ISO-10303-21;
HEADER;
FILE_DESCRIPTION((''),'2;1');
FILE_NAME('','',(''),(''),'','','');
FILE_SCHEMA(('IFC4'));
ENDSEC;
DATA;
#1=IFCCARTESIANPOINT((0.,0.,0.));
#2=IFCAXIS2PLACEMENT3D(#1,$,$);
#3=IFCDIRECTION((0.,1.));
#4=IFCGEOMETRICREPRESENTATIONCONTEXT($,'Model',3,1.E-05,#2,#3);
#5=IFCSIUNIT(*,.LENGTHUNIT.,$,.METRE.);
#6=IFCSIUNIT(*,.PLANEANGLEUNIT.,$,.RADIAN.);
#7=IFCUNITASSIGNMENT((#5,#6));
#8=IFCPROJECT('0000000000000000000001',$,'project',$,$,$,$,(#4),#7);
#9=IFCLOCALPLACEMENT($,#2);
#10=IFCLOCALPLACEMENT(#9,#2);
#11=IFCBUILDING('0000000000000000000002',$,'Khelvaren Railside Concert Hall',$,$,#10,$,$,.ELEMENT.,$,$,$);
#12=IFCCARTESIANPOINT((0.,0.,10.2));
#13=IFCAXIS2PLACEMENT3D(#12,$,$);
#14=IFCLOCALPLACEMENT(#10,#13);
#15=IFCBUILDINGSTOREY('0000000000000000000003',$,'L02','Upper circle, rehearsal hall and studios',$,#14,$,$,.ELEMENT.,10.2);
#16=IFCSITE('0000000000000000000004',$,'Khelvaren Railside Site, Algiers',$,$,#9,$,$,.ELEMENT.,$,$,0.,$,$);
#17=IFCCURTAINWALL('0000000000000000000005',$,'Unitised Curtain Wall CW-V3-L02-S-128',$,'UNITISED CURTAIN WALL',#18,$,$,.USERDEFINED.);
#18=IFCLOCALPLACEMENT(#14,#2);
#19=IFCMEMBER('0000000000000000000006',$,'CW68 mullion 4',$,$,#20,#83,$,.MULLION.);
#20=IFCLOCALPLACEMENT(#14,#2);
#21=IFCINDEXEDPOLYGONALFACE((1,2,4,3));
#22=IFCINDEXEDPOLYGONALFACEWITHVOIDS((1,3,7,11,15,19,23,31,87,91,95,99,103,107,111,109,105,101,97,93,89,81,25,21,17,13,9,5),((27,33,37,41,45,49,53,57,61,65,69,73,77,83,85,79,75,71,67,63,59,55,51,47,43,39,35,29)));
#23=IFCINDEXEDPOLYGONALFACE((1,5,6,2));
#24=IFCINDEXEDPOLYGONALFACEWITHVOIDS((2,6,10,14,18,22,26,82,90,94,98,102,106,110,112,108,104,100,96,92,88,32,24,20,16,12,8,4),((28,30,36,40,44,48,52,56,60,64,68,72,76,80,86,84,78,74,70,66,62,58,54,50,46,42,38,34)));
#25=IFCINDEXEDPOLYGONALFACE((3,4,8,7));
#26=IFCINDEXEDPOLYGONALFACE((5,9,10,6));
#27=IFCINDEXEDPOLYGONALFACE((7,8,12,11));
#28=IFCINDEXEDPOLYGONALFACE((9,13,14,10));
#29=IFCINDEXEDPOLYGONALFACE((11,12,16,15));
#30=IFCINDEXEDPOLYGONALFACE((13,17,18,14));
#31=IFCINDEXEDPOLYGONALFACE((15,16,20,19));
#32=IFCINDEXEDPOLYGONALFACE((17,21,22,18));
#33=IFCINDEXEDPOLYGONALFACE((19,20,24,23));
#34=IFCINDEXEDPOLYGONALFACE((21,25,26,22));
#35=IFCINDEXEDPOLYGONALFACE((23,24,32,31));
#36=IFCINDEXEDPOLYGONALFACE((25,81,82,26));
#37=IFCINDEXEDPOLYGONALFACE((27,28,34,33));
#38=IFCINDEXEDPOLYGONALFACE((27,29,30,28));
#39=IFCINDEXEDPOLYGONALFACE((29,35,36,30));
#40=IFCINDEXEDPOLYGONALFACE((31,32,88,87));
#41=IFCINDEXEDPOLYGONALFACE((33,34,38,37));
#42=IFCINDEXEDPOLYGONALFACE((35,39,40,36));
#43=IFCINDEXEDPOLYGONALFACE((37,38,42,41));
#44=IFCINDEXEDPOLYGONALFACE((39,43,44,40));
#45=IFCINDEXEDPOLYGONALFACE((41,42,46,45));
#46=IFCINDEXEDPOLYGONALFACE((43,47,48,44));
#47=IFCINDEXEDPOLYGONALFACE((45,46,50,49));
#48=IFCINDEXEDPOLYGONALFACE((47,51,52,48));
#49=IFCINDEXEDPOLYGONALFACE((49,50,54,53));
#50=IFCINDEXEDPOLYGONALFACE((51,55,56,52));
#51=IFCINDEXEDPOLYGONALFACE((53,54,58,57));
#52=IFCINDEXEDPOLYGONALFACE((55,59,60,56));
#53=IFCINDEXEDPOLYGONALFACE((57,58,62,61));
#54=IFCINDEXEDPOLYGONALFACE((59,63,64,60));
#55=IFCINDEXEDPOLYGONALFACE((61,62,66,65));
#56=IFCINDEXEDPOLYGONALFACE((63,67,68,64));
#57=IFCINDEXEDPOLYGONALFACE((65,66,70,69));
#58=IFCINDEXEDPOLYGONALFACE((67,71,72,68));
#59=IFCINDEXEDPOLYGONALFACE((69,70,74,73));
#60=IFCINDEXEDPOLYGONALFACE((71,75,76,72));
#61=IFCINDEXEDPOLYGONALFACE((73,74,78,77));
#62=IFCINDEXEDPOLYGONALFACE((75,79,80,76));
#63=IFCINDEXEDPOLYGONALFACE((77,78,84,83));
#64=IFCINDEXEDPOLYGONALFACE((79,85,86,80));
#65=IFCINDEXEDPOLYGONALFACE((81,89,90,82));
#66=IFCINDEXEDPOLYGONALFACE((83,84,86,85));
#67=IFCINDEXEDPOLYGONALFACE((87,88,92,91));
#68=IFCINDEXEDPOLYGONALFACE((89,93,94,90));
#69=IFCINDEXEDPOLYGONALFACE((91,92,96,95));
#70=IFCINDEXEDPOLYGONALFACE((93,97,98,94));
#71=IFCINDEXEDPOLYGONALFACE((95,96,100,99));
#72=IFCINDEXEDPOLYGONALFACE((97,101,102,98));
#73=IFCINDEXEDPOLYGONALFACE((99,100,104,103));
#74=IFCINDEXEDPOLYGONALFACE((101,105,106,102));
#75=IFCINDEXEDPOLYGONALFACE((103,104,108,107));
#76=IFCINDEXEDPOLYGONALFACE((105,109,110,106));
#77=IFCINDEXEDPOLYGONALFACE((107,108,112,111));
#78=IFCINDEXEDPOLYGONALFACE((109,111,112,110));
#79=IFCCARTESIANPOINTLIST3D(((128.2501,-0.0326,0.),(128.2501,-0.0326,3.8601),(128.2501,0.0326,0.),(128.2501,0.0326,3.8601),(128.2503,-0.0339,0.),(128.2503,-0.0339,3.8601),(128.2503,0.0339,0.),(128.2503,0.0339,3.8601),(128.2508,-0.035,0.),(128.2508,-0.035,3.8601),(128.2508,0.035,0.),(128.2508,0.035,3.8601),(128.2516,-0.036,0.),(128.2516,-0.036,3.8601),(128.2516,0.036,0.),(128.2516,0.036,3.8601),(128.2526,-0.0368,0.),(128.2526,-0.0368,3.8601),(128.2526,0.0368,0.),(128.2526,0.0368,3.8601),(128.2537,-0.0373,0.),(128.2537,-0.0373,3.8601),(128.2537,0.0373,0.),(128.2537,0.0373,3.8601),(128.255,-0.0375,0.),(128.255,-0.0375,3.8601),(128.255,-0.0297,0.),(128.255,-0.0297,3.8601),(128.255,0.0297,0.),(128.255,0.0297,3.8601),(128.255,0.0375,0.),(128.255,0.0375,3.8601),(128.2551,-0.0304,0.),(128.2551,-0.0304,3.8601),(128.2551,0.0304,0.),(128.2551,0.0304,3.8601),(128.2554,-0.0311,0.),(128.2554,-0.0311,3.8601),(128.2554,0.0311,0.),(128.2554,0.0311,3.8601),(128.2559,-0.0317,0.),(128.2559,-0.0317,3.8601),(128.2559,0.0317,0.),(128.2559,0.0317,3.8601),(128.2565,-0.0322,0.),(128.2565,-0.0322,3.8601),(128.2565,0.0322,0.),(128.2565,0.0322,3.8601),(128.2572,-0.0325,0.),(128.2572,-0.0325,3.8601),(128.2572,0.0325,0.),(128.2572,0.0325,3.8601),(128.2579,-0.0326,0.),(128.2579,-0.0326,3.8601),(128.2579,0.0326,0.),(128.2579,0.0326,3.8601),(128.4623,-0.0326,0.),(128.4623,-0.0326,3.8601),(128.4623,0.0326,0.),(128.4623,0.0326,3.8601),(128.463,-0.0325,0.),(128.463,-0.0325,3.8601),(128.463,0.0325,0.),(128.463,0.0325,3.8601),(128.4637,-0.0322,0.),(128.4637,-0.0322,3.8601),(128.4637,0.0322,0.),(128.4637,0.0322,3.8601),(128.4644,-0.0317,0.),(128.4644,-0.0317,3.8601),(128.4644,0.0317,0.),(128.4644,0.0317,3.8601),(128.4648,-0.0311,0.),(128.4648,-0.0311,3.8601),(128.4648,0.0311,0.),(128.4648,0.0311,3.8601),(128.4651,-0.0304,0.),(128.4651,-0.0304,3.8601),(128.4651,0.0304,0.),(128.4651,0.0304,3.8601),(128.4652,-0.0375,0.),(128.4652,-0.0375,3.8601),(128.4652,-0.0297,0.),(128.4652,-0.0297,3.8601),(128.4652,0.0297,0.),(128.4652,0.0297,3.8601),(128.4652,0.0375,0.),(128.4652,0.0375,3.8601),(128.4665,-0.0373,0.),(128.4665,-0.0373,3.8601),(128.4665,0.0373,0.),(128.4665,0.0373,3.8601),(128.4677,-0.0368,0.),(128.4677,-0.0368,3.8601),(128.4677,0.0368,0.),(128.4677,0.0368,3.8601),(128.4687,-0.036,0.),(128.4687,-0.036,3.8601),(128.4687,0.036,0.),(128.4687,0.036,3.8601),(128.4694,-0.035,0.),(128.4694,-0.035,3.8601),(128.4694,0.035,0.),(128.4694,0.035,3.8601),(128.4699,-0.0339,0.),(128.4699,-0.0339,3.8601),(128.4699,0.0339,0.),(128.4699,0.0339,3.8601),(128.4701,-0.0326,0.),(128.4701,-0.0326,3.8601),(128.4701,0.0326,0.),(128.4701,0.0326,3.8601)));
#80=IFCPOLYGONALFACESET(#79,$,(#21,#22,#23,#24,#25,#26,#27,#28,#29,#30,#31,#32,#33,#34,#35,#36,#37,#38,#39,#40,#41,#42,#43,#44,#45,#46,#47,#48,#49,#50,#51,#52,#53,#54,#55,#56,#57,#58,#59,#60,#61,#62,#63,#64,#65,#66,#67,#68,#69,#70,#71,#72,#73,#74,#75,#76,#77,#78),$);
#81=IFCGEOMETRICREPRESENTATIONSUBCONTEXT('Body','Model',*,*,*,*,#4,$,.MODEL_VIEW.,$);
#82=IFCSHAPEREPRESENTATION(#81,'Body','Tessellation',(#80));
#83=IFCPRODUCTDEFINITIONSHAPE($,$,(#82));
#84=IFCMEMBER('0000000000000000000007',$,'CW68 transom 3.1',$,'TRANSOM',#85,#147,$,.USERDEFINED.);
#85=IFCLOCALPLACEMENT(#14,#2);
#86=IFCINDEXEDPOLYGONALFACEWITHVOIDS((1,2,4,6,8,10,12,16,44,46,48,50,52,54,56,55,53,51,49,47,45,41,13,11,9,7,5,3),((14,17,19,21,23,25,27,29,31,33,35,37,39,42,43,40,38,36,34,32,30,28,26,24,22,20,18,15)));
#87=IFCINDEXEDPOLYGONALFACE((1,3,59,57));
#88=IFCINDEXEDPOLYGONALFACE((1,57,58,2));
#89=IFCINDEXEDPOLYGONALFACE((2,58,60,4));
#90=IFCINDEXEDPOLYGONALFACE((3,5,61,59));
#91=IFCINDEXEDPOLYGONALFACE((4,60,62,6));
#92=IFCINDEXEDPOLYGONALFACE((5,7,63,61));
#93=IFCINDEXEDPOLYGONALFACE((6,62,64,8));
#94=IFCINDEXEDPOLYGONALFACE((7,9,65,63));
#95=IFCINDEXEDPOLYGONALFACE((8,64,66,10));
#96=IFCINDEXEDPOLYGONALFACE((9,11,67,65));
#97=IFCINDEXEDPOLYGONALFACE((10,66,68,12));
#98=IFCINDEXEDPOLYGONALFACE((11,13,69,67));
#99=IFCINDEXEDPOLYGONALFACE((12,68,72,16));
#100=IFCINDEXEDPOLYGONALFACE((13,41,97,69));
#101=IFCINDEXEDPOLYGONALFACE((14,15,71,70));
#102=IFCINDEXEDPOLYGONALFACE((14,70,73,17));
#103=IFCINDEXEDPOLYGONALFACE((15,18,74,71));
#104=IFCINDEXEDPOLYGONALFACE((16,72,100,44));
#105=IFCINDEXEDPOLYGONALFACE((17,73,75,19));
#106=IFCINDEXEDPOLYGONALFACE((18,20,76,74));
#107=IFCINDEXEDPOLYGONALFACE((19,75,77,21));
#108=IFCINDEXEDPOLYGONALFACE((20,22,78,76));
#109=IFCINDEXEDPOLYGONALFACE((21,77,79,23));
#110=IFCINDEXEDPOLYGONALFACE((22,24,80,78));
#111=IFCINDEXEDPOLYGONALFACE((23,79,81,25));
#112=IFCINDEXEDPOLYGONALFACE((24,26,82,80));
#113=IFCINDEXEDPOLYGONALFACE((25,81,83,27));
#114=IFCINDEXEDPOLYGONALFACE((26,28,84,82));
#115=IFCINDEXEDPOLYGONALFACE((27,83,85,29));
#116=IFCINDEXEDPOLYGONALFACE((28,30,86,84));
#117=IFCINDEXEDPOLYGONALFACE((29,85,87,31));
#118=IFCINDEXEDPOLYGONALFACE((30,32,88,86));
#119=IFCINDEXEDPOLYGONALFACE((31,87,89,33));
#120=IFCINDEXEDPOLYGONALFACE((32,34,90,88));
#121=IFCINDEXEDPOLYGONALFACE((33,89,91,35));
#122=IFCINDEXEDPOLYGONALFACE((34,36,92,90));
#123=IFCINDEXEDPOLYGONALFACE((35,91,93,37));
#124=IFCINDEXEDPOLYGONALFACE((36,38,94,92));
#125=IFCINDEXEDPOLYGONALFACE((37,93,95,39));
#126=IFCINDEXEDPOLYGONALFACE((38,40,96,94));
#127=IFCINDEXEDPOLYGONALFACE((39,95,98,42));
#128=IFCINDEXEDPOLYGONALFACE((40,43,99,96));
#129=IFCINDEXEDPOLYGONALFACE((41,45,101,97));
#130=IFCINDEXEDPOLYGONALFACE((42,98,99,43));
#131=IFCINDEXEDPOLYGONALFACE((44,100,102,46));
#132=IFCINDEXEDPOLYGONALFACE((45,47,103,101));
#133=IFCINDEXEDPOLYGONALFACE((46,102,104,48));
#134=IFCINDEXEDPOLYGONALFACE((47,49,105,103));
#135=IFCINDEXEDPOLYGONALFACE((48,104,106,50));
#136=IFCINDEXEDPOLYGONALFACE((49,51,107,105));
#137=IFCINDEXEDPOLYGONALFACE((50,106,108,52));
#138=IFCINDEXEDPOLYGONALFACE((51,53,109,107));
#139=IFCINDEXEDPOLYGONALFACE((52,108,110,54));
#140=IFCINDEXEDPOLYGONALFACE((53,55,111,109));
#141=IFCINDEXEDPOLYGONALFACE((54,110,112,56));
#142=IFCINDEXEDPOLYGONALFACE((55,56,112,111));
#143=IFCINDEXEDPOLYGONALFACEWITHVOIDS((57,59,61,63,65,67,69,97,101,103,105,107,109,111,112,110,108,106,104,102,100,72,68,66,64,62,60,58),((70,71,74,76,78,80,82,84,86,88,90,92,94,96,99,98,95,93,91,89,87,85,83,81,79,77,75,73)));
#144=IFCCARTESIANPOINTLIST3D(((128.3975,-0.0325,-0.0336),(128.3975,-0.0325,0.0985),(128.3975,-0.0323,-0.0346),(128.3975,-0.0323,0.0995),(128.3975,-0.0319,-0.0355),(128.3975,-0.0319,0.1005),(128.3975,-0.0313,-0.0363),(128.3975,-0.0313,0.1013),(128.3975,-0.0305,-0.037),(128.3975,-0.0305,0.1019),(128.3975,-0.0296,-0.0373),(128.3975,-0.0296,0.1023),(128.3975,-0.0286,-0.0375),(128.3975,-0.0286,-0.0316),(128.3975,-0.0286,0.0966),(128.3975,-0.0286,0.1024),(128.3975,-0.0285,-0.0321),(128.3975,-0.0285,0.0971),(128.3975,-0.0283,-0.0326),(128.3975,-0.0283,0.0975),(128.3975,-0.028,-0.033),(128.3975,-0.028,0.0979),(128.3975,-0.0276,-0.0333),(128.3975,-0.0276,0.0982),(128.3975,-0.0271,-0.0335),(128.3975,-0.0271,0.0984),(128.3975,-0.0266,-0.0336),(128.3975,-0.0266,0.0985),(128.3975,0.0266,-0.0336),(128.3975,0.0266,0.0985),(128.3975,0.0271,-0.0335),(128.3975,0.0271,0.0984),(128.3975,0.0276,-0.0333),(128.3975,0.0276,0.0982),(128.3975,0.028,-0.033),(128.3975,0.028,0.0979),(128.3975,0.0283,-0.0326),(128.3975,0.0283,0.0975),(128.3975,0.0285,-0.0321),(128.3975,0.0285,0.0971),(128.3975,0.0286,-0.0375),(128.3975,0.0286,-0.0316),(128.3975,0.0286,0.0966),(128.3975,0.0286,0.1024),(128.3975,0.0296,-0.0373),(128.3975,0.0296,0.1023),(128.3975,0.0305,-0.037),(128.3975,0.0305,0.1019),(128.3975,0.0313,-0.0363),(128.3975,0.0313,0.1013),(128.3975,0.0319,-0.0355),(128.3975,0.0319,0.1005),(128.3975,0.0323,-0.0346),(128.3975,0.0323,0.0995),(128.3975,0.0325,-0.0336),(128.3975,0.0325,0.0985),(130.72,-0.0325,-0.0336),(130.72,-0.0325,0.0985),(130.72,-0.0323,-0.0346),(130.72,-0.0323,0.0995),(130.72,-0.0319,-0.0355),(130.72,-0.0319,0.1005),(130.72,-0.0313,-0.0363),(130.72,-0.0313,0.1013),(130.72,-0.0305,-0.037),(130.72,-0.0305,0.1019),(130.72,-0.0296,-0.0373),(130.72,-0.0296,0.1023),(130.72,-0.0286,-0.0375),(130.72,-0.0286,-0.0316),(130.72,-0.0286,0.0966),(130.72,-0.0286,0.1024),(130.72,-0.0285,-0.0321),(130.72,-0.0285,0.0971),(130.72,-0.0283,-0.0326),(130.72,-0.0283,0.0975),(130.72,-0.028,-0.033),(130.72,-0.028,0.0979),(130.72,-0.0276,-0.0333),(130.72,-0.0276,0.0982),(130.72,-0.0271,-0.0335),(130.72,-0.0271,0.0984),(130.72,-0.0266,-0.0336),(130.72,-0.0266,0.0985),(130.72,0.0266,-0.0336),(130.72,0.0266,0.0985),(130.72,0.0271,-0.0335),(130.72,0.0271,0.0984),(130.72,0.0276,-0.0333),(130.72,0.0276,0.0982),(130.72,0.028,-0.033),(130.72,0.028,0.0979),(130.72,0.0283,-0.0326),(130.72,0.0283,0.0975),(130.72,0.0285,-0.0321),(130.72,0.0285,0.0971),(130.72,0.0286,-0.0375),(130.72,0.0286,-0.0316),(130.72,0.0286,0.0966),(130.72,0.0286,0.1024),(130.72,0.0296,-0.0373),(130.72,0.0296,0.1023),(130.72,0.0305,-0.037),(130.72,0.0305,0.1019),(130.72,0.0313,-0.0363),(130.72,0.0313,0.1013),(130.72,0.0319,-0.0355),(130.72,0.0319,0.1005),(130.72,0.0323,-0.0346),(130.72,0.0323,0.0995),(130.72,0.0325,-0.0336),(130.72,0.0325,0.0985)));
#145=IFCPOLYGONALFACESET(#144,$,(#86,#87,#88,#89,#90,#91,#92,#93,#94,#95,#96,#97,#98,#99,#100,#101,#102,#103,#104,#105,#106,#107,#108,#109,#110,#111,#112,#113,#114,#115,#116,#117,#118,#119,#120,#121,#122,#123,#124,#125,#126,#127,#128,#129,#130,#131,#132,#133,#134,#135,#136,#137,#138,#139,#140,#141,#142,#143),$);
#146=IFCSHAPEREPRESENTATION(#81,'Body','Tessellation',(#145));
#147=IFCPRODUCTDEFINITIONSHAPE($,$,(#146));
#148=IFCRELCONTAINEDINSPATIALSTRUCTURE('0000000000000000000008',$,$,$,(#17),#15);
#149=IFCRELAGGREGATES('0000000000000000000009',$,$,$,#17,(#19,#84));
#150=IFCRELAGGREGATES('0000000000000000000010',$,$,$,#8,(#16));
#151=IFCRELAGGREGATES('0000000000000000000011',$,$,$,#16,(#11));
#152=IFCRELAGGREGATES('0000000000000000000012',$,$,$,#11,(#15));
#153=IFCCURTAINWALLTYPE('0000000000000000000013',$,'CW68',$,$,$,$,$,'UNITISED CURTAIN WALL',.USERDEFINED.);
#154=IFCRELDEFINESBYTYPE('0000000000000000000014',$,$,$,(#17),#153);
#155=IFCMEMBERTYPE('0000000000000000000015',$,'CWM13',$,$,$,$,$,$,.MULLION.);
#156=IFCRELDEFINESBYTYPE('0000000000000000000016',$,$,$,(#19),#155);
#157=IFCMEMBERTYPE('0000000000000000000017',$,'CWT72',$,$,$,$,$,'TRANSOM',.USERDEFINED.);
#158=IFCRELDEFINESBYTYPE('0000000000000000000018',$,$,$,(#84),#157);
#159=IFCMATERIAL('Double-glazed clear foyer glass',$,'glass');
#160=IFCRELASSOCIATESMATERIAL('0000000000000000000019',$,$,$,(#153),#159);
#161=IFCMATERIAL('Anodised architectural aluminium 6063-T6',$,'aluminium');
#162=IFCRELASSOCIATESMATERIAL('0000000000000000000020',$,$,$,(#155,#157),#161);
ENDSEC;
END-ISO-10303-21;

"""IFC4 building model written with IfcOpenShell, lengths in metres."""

from ifc_helpers import new_model, si_unit, direction, frame, origin, origin_2d, place, context, subcontext, project, spatial, hollow_rectangle, extrude, material, material_profile, profile_set, type_object, element, aggregate, save


model = new_model("IFC4")

# Units and contexts
model_context = context("Model", 3, precision=1e-05, world=origin(), true_north=direction((0.0, 1.0)))
body_context = subcontext(model_context, "Body", "Model", "MODEL_VIEW")
ifc_project = project(units=[si_unit("LENGTHUNIT", "METRE"), si_unit("PLANEANGLEUNIT", "RADIAN")], contexts=[model_context])

# Site, building, storey
site_placement = place(None, origin())
site = spatial("IfcSite", under=ifc_project, at=site_placement, Name="Khelvaren Railside Site, Algiers", CompositionType="ELEMENT", RefElevation=0.0)
building_placement = place(site_placement, origin())
building = spatial("IfcBuilding", under=site, at=building_placement, Name="Khelvaren Railside Concert Hall", CompositionType="ELEMENT")
storey_placement = place(building_placement, frame((0.0, 0.0, 10.2)))
storey = spatial("IfcBuildingStorey", under=building, at=storey_placement, Name="L02", Description="Upper circle, rehearsal hall and studios", CompositionType="ELEMENT", Elevation=10.2)

# Curtain wall, members
ifc_material_1 = material(Name="Double-glazed clear foyer glass", Category="glass")
curtain_wall_type = type_object("IfcCurtainWallType", Name="CW68", ElementType="UNITISED CURTAIN WALL", PredefinedType="USERDEFINED", material=ifc_material_1)
curtain_wall_placement = place(storey_placement, origin())
curtain_wall = element("IfcCurtainWall", 1, at=curtain_wall_placement, inside=storey, type_object=curtain_wall_type, Name="Unitised Curtain Wall CW-V3-L02-S-128", ObjectType="UNITISED CURTAIN WALL", PredefinedType="USERDEFINED")
ifc_material_2 = material(Name="Anodised architectural aluminium 6063-T6", Category="aluminium")
ifc_material_profile_1 = material_profile(ifc_material_2, hollow_rectangle(XDim=0.075, YDim=0.22, WallThickness=0.0049, InnerFilletRadius=0.0029, OuterFilletRadius=0.0049, at=origin_2d()), Name="CWM 75x220x5")
ifc_profile_set_1 = profile_set([ifc_material_profile_1], Name="Anodised architectural aluminium 6063-T6")
member_type_1 = type_object("IfcMemberType", Name="CWM13", PredefinedType="MULLION", material=ifc_profile_set_1)
member_1_placement = place(storey_placement, frame((128.3601, 0.0, 0.0), z_axis=(0.0, 0.0, 1.0), x_axis=(0.0, -1.0, 0.0)))
member_1 = element("IfcMember", 2, at=member_1_placement, type_object=member_type_1, Name="CW68 mullion 4", PredefinedType="MULLION", context=body_context, shape_type="SweptSolid", body=[
    extrude(hollow_rectangle(XDim=0.075, YDim=0.22, WallThickness=0.0049, InnerFilletRadius=0.0029, OuterFilletRadius=0.0049, at=origin_2d()), origin(), (0.0, 0.0, 1.0), 3.8601),
])
ifc_material_profile_2 = material_profile(ifc_material_2, hollow_rectangle(XDim=0.0649, YDim=0.1399, WallThickness=0.0039, InnerFilletRadius=0.002, OuterFilletRadius=0.0039, at=origin_2d()), Name="CWT 65x140x4")
ifc_profile_set_2 = profile_set([ifc_material_profile_2], Name="Anodised architectural aluminium 6063-T6")
member_type_2 = type_object("IfcMemberType", Name="CWT72", ElementType="TRANSOM", PredefinedType="USERDEFINED", material=ifc_profile_set_2)
member_2_placement = place(storey_placement, frame((130.72, 0.0, 0.0325), z_axis=(-1.0, 0.0, 0.0), x_axis=(0.0, -1.0, 0.0)))
member_2 = element("IfcMember", 3, at=member_2_placement, type_object=member_type_2, Name="CW68 transom 3.1", ObjectType="TRANSOM", PredefinedType="USERDEFINED", context=body_context, shape_type="SweptSolid", body=[
    extrude(hollow_rectangle(XDim=0.0649, YDim=0.1399, WallThickness=0.0039, InnerFilletRadius=0.002, OuterFilletRadius=0.0039, at=origin_2d()), origin(), (0.0, 0.0, 1.0), 2.3225),
])

aggregate(curtain_wall, [member_1, member_2])

save(model, "model.ifc")
